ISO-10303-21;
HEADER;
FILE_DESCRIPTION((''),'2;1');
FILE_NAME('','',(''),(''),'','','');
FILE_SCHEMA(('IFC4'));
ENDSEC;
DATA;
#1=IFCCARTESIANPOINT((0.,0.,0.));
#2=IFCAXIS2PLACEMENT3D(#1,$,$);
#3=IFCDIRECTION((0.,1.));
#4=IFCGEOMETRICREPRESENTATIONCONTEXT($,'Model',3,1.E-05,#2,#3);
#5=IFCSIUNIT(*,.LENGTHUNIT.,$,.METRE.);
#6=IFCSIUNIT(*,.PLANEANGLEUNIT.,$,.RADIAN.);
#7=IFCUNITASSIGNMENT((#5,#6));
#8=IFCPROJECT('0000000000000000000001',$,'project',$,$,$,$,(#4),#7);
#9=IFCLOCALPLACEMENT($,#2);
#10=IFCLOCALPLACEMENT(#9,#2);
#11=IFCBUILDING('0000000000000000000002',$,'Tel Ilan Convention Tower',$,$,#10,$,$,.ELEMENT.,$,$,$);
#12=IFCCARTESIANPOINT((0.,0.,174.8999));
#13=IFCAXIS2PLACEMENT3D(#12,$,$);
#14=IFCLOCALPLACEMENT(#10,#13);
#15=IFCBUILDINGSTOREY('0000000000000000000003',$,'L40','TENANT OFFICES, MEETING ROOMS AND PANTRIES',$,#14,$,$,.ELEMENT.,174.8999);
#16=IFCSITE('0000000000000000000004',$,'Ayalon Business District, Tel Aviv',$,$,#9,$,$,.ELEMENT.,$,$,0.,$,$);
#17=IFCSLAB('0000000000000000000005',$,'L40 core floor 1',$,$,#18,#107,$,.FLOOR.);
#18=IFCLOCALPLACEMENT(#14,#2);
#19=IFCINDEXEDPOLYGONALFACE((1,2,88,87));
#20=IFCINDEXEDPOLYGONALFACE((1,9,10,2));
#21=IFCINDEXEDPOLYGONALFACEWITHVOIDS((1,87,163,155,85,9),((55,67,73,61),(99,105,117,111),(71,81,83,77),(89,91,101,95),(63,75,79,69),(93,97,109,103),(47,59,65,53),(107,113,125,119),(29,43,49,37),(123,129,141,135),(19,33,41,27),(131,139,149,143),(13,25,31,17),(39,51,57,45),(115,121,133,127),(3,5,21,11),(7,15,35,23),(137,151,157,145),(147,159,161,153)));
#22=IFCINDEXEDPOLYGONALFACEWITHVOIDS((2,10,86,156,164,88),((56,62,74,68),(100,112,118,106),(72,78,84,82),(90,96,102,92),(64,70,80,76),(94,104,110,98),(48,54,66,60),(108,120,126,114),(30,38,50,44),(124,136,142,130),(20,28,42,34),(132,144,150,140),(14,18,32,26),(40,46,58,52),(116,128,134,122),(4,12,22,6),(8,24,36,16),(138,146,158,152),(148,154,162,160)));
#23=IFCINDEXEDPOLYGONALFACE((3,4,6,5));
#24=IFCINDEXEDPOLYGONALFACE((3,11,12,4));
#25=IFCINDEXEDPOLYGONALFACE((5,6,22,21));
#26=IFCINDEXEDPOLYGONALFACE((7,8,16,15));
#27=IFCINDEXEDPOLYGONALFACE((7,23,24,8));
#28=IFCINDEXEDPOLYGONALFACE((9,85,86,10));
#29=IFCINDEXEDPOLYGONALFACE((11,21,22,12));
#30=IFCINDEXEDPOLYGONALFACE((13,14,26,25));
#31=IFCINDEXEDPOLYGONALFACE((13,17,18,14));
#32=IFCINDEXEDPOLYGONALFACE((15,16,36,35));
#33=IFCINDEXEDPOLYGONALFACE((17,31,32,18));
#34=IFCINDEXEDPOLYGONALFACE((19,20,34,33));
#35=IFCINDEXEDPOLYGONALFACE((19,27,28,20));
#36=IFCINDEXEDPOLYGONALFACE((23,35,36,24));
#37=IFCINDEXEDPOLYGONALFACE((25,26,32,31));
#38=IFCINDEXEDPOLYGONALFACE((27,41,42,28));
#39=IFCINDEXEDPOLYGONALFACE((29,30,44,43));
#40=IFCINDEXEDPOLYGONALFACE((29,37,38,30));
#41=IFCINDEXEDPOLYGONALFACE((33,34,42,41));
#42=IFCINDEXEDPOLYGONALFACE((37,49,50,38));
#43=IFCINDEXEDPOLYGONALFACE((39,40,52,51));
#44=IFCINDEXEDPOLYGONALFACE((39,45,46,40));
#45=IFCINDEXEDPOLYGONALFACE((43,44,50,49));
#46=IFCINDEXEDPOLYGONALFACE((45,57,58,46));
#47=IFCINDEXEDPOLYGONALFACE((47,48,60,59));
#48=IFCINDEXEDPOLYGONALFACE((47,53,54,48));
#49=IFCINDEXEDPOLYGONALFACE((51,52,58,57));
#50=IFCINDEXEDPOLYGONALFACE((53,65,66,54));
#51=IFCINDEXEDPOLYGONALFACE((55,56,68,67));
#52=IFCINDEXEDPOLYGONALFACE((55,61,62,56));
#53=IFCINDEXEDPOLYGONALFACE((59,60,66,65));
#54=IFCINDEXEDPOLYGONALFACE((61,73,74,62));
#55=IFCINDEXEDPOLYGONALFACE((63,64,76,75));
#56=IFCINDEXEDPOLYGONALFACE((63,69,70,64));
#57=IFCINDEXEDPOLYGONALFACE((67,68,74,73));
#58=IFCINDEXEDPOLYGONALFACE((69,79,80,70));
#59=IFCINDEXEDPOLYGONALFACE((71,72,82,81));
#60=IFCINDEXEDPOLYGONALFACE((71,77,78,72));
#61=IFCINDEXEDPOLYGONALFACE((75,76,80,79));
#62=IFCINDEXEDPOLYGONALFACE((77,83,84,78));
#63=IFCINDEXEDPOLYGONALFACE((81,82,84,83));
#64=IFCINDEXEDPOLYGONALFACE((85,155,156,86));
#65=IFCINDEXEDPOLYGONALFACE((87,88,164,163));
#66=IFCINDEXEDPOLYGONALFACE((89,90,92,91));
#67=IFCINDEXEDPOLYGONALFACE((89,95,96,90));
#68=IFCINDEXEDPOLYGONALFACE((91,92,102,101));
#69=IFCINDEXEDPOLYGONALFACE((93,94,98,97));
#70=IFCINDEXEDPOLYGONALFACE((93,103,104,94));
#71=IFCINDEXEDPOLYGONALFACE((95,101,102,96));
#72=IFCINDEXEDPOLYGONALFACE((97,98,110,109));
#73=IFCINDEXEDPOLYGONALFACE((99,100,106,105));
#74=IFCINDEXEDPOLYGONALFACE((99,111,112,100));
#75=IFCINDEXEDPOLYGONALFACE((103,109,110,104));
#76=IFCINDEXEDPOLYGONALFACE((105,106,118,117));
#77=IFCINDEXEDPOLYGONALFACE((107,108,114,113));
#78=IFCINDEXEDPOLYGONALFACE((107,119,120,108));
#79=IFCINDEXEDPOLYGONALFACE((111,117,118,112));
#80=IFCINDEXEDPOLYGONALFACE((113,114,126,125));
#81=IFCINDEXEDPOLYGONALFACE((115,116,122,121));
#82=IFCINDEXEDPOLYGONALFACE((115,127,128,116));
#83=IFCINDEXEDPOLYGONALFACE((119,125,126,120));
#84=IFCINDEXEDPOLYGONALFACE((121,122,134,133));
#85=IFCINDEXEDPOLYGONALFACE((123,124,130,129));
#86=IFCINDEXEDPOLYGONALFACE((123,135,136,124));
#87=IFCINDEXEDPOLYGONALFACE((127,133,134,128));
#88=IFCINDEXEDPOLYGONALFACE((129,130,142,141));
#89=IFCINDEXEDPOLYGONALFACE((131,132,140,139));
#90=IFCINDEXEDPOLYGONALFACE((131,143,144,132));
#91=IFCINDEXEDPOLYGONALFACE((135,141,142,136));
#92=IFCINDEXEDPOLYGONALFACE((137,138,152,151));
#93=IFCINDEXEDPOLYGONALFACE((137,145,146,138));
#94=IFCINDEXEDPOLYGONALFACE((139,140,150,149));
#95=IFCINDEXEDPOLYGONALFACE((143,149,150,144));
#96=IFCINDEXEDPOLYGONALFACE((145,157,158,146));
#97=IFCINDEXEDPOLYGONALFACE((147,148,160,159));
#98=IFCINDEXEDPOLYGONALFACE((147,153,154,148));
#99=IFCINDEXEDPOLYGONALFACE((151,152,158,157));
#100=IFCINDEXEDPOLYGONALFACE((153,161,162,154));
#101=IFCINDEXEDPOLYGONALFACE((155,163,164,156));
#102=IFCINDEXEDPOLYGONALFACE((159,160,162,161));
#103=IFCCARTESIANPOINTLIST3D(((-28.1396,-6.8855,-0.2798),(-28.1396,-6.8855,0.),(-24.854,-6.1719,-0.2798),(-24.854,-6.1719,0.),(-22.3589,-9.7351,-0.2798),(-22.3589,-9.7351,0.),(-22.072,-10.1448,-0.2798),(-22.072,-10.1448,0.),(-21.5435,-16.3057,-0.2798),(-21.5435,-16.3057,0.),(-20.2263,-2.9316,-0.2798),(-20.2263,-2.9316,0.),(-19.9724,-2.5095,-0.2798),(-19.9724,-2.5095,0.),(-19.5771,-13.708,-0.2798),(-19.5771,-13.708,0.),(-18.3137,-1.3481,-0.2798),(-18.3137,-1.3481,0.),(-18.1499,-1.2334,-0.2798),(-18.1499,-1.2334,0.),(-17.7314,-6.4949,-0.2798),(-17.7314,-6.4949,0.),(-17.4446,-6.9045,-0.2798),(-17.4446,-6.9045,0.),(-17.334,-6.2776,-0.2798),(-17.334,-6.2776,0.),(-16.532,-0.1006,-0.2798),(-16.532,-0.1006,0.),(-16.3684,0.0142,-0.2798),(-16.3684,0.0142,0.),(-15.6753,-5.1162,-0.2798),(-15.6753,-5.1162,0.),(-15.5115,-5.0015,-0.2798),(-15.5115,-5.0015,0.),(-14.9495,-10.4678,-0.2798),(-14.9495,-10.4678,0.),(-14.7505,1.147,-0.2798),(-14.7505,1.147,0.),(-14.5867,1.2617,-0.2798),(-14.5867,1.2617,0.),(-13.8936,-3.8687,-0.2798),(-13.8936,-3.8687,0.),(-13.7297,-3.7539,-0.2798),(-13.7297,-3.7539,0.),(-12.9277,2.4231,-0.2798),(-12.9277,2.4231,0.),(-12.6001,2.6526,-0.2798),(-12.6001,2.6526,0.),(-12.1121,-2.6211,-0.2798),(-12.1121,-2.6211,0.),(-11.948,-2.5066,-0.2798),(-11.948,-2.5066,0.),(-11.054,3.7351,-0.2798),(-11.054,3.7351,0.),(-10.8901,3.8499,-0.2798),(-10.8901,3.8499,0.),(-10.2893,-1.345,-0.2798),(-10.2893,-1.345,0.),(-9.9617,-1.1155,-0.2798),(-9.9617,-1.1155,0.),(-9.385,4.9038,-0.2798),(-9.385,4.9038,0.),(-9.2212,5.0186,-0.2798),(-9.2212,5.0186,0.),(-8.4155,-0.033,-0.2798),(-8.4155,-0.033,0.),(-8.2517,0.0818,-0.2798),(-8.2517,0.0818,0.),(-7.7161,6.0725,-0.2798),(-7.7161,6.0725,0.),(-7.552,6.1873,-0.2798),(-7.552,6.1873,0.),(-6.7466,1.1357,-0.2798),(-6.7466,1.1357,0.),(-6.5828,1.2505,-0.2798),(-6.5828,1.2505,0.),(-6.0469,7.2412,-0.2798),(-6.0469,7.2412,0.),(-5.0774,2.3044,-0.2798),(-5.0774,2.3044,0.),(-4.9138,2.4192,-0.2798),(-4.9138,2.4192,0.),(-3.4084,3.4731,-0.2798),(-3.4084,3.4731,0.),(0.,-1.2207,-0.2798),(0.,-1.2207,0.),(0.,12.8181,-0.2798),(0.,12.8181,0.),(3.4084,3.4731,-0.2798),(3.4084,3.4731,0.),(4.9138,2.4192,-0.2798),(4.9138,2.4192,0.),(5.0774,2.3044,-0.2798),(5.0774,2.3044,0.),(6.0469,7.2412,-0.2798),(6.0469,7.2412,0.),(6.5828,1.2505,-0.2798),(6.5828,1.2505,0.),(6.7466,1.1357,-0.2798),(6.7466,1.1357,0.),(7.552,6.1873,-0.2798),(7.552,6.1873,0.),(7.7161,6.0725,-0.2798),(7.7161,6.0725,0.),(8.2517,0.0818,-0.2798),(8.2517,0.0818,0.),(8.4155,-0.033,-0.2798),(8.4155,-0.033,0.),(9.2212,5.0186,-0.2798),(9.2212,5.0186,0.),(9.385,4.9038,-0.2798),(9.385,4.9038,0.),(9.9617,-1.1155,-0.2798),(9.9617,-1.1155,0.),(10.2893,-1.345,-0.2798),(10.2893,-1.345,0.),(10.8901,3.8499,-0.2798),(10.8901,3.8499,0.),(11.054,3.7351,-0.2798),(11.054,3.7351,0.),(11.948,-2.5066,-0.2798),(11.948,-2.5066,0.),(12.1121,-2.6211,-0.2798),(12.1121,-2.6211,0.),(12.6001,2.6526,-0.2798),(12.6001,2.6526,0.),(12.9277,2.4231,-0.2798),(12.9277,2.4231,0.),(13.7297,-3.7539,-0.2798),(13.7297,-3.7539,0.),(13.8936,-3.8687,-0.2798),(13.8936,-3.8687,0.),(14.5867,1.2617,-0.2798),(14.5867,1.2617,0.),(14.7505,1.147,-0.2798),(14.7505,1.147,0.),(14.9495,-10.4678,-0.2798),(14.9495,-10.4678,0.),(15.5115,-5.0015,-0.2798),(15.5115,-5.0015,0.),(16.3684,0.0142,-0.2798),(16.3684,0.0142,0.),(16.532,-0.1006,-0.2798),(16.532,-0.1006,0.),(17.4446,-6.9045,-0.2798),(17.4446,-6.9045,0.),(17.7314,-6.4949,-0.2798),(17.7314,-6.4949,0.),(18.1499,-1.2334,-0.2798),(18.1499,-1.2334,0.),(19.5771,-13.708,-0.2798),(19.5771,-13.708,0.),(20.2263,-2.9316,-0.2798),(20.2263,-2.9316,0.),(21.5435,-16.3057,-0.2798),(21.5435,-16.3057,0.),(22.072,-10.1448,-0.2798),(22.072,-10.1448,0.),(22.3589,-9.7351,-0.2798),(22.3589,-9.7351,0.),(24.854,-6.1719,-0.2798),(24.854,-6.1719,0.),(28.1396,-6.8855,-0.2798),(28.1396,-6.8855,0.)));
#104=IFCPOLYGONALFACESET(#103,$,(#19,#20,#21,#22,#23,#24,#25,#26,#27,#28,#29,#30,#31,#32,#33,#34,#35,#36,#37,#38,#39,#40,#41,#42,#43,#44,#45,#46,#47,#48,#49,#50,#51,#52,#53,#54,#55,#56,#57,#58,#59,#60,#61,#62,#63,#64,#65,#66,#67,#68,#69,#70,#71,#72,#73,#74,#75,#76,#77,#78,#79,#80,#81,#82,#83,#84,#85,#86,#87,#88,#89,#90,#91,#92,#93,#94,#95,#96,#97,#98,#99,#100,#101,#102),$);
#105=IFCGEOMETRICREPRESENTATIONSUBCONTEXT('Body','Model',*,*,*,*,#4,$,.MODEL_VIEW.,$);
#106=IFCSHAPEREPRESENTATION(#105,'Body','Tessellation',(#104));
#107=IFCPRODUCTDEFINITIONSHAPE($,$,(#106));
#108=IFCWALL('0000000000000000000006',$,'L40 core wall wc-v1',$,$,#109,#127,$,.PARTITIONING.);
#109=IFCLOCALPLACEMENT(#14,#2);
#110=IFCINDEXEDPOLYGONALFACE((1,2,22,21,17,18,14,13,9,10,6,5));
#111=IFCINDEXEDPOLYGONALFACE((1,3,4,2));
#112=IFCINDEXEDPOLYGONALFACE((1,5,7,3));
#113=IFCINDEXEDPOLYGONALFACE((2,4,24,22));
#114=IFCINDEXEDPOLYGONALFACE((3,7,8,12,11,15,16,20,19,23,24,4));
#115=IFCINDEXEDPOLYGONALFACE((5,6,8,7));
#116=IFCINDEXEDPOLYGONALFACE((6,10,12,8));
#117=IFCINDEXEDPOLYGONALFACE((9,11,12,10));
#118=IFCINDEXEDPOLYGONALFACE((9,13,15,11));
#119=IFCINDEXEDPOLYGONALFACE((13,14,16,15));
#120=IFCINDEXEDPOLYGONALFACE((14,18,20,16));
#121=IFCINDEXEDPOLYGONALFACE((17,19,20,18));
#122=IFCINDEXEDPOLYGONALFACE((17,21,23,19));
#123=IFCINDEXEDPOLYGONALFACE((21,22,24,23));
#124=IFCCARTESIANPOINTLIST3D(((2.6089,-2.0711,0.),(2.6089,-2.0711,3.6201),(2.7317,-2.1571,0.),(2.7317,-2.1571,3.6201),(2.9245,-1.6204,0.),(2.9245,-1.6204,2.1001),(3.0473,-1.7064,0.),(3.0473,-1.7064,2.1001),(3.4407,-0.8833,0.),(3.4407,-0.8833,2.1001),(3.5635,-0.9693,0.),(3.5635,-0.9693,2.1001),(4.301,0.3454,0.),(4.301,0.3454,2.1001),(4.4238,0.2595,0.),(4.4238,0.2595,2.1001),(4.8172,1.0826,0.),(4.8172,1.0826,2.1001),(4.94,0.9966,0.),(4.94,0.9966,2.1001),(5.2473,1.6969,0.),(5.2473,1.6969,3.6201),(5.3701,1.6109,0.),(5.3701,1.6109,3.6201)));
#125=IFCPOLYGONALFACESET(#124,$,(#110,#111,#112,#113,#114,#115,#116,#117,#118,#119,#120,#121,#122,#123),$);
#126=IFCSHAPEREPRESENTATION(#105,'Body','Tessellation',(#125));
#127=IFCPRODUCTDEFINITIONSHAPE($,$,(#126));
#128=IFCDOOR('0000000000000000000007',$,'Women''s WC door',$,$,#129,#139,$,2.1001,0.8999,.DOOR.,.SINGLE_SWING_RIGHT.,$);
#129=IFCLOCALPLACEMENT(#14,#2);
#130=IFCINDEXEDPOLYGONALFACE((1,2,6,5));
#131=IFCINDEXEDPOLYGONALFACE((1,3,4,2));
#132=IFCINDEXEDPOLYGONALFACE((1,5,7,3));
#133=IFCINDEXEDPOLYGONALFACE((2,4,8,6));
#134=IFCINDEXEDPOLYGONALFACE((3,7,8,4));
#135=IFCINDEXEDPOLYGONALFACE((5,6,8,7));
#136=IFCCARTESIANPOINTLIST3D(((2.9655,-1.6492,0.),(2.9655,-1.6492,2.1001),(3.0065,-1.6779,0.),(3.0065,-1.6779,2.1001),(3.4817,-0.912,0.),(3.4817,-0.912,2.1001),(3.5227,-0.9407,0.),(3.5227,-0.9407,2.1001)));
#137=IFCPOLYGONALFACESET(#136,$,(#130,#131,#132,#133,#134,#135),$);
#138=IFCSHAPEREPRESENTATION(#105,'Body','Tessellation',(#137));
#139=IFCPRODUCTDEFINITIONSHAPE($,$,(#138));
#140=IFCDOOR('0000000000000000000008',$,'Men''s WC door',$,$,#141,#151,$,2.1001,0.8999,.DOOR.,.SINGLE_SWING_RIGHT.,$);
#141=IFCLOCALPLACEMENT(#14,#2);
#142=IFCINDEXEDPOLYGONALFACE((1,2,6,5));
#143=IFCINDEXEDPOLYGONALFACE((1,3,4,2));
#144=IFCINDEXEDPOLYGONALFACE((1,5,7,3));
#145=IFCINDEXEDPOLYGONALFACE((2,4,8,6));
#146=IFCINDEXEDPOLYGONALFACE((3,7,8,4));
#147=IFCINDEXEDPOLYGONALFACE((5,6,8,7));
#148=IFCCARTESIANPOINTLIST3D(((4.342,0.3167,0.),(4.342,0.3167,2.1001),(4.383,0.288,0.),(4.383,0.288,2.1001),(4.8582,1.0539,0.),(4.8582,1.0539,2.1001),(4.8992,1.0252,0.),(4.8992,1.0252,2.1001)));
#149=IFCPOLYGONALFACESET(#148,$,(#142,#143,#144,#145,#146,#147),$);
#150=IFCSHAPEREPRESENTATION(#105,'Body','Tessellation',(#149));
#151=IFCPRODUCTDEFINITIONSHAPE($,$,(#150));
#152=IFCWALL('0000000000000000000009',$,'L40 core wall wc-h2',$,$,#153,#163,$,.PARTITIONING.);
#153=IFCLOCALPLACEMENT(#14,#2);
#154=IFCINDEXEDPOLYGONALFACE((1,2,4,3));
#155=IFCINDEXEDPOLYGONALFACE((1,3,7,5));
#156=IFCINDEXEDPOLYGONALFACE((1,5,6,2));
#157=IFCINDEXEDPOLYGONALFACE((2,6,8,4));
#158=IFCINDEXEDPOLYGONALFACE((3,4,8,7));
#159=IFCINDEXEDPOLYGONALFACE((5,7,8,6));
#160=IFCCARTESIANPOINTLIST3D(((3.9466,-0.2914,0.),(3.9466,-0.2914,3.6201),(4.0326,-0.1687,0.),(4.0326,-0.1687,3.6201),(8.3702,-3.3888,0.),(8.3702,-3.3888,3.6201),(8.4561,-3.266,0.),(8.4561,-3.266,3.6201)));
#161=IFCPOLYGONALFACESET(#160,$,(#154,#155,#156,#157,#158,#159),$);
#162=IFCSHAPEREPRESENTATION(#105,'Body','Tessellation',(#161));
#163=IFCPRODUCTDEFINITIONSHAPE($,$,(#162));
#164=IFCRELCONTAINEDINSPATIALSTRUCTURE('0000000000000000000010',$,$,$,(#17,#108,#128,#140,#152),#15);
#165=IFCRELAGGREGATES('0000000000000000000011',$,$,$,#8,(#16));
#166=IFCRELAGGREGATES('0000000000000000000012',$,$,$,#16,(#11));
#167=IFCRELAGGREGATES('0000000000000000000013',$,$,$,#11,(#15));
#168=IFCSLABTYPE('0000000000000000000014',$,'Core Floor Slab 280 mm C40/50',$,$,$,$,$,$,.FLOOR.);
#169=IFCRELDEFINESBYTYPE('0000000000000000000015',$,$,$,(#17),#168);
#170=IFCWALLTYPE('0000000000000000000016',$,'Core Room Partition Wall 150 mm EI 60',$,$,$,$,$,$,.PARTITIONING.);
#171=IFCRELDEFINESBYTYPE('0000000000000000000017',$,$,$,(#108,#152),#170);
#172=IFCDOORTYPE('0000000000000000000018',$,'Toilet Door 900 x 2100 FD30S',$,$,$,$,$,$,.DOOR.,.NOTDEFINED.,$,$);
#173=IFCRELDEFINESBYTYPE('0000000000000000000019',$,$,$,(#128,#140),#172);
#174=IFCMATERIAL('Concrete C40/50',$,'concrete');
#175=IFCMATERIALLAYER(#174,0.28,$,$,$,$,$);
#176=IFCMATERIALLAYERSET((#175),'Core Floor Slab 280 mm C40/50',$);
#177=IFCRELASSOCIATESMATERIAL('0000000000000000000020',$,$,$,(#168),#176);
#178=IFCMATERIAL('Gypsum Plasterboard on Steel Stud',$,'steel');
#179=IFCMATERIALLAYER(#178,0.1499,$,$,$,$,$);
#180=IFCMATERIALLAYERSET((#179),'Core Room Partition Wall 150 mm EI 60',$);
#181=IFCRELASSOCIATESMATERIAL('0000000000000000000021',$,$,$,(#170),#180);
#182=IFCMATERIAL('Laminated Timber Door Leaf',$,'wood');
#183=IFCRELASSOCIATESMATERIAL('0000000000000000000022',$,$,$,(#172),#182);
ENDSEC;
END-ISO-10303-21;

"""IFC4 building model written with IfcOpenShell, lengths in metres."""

from ifc_helpers import new_model, si_unit, direction, frame, frame_2d, origin, place, context, subcontext, project, spatial, polyline, rectangle, outline, extrude, material, layer, layer_set, type_object, element, fill, save


model = new_model("IFC4")

# Units and contexts
model_context = context("Model", 3, precision=1e-05, world=origin(), true_north=direction((0.0, 1.0)))
body_context = subcontext(model_context, "Body", "Model", "MODEL_VIEW")
ifc_project = project(units=[si_unit("LENGTHUNIT", "METRE"), si_unit("PLANEANGLEUNIT", "RADIAN")], contexts=[model_context])

# Site, building, storey
site_placement = place(None, origin())
site = spatial("IfcSite", under=ifc_project, at=site_placement, Name="Ayalon Business District, Tel Aviv", CompositionType="ELEMENT", RefElevation=0.0)
building_placement = place(site_placement, origin())
building = spatial("IfcBuilding", under=site, at=building_placement, Name="Tel Ilan Convention Tower", CompositionType="ELEMENT")
storey_placement = place(building_placement, frame((0.0, 0.0, 174.8999)))
storey = spatial("IfcBuildingStorey", under=building, at=storey_placement, Name="L40", Description="TENANT OFFICES, MEETING ROOMS AND PANTRIES", CompositionType="ELEMENT", Elevation=174.8999)

# Slab
ifc_material_1 = material(Name="Concrete C40/50", Category="concrete")
ifc_layer_1 = layer(ifc_material_1, 0.28)
ifc_layer_set_1 = layer_set([ifc_layer_1], Name="Core Floor Slab 280 mm C40/50")
slab_type_1 = type_object("IfcSlabType", Name="Core Floor Slab 280 mm C40/50", PredefinedType="FLOOR", material=ifc_layer_set_1)
slab_1_placement = place(storey_placement, frame((0.0, 0.0, -0.2798)))
element("IfcSlab", 1, at=slab_1_placement, inside=storey, type_object=slab_type_1, Name="L40 core floor 1", PredefinedType="FLOOR", context=body_context, shape_type="SweptSolid", body=[
    extrude(outline(polyline([(-28.1396, -6.8855), (0.0, 12.8181), (28.1396, -6.8855), (21.5435, -16.3057), (0.0, -1.2207), (-21.5435, -16.3057), (-28.1396, -6.8855)]), holes=[polyline([(-14.9495, -10.4678), (-17.4446, -6.9045), (-22.072, -10.1448), (-19.5771, -13.708), (-14.9495, -10.4678)]), polyline([(-17.7314, -6.4949), (-20.2263, -2.9316), (-24.854, -6.1719), (-22.3589, -9.7351), (-17.7314, -6.4949)]), polyline([(-18.3137, -1.3481), (-19.9724, -2.5095), (-17.334, -6.2776), (-15.6753, -5.1162), (-18.3137, -1.3481)]), polyline([(-16.532, -0.1006), (-18.1499, -1.2334), (-15.5115, -5.0015), (-13.8936, -3.8687), (-16.532, -0.1006)]), polyline([(-14.7505, 1.147), (-16.3684, 0.0142), (-13.7297, -3.7539), (-12.1121, -2.6211), (-14.7505, 1.147)]), polyline([(-12.9277, 2.4231), (-14.5867, 1.2617), (-11.948, -2.5066), (-10.2893, -1.345), (-12.9277, 2.4231)]), polyline([(-11.054, 3.7351), (-12.6001, 2.6526), (-9.9617, -1.1155), (-8.4155, -0.033), (-11.054, 3.7351)]), polyline([(-6.7466, 1.1357), (-9.385, 4.9038), (-10.8901, 3.8499), (-8.2517, 0.0818), (-6.7466, 1.1357)]), polyline([(-5.0774, 2.3044), (-7.7161, 6.0725), (-9.2212, 5.0186), (-6.5828, 1.2505), (-5.0774, 2.3044)]), polyline([(-6.0469, 7.2412), (-7.552, 6.1873), (-4.9138, 2.4192), (-3.4084, 3.4731), (-6.0469, 7.2412)]), polyline([(17.4446, -6.9045), (14.9495, -10.4678), (19.5771, -13.708), (22.072, -10.1448), (17.4446, -6.9045)]), polyline([(20.2263, -2.9316), (17.7314, -6.4949), (22.3589, -9.7351), (24.854, -6.1719), (20.2263, -2.9316)]), polyline([(13.8936, -3.8687), (15.5115, -5.0015), (18.1499, -1.2334), (16.532, -0.1006), (13.8936, -3.8687)]), polyline([(12.1121, -2.6211), (13.7297, -3.7539), (16.3684, 0.0142), (14.7505, 1.147), (12.1121, -2.6211)]), polyline([(11.948, -2.5066), (14.5867, 1.2617), (12.9277, 2.4231), (10.2893, -1.345), (11.948, -2.5066)]), polyline([(9.9617, -1.1155), (12.6001, 2.6526), (11.054, 3.7351), (8.4155, -0.033), (9.9617, -1.1155)]), polyline([(8.2517, 0.0818), (10.8901, 3.8499), (9.385, 4.9038), (6.7466, 1.1357), (8.2517, 0.0818)]), polyline([(5.0774, 2.3044), (6.5828, 1.2505), (9.2212, 5.0186), (7.7161, 6.0725), (5.0774, 2.3044)]), polyline([(3.4084, 3.4731), (4.9138, 2.4192), (7.552, 6.1873), (6.0469, 7.2412), (3.4084, 3.4731)])]), origin(), (0.0, 0.0, 1.0), 0.2798),
])

# Wall, openings, doors
ifc_material_2 = material(Name="Gypsum Plasterboard on Steel Stud", Category="steel")
ifc_layer_2 = layer(ifc_material_2, 0.1499)
ifc_layer_set_2 = layer_set([ifc_layer_2], Name="Core Room Partition Wall 150 mm EI 60")
wall_type_1 = type_object("IfcWallType", Name="Core Room Partition Wall 150 mm EI 60", PredefinedType="PARTITIONING", material=ifc_layer_set_2)
wall_1_placement = place(storey_placement, frame((2.6704, -2.114, 0.0), z_axis=(0.0, 0.0, 1.0), x_axis=(0.573576, 0.819152, 0.0)))
wall_1 = element("IfcWall", 2, at=wall_1_placement, inside=storey, type_object=wall_type_1, Name="L40 core wall wc-v1", PredefinedType="PARTITIONING", context=body_context, shape_type="SweptSolid", body=[
    extrude(rectangle(XDim=4.5999, YDim=0.1499, at=frame_2d((2.2998, 0.0))), origin(), (0.0, 0.0, 1.0), 3.6201),
])
opening_1_placement = place(wall_1_placement, frame((0.55, 0.0, 0.0)))
opening_1 = element("IfcOpeningElement", 3, at=opening_1_placement, cuts=wall_1, PredefinedType="OPENING", context=body_context, shape_type="SweptSolid", body=[
    extrude(rectangle(XDim=0.8999, YDim=2.1001, at=frame_2d((0.45, 1.05))), frame((0.0, 0.085, 0.0), z_axis=(0.0, -1.0, 0.0), x_axis=(1.0, 0.0, 0.0)), (0.0, 0.0, 1.0), 0.1699),
])
opening_2_placement = place(wall_1_placement, frame((2.95, 0.0, 0.0)))
opening_2 = element("IfcOpeningElement", 4, at=opening_2_placement, cuts=wall_1, PredefinedType="OPENING", context=body_context, shape_type="SweptSolid", body=[
    extrude(rectangle(XDim=0.8999, YDim=2.1001, at=frame_2d((0.45, 1.05))), frame((0.0, 0.085, 0.0), z_axis=(0.0, -1.0, 0.0), x_axis=(1.0, 0.0, 0.0)), (0.0, 0.0, 1.0), 0.1699),
])
ifc_material_3 = material(Name="Laminated Timber Door Leaf", Category="wood")
door_type_1 = type_object("IfcDoorType", Name="Toilet Door 900 x 2100 FD30S", OperationType="NOTDEFINED", PredefinedType="DOOR", material=ifc_material_3)
door_1_placement = place(opening_1_placement, origin())
door_1 = element("IfcDoor", 5, at=door_1_placement, inside=storey, type_object=door_type_1, Name="Women's WC door", OperationType="SINGLE_SWING_RIGHT", OverallHeight=2.1001, OverallWidth=0.8999, PredefinedType="DOOR", context=body_context, shape_type="SweptSolid", body=[
    extrude(rectangle(XDim=0.8999, YDim=2.1001, at=frame_2d((0.45, 1.05))), frame((0.0, 0.0249, 0.0), z_axis=(0.0, -1.0, 0.0), x_axis=(1.0, 0.0, 0.0)), (0.0, 0.0, 1.0), 0.05),
])
fill(opening_1, door_1)
door_2_placement = place(opening_2_placement, origin())
door_2 = element("IfcDoor", 6, at=door_2_placement, inside=storey, type_object=door_type_1, Name="Men's WC door", OperationType="SINGLE_SWING_RIGHT", OverallHeight=2.1001, OverallWidth=0.8999, PredefinedType="DOOR", context=body_context, shape_type="SweptSolid", body=[
    extrude(rectangle(XDim=0.8999, YDim=2.1001, at=frame_2d((0.45, 1.05))), frame((0.0, 0.0249, 0.0), z_axis=(0.0, -1.0, 0.0), x_axis=(1.0, 0.0, 0.0)), (0.0, 0.0, 1.0), 0.05),
])
fill(opening_2, door_2)

# Wall
wall_2_placement = place(storey_placement, frame((3.9895, -0.23, 0.0), z_axis=(0.0, 0.0, 1.0), x_axis=(0.819153, -0.573575, 0.0)))
element("IfcWall", 7, at=wall_2_placement, inside=storey, type_object=wall_type_1, Name="L40 core wall wc-h2", PredefinedType="PARTITIONING", context=body_context, shape_type="SweptSolid", body=[
    extrude(rectangle(XDim=5.4001, YDim=0.1499, at=frame_2d((2.7002, 0.0))), origin(), (0.0, 0.0, 1.0), 3.6201),
])

save(model, "model.ifc")
